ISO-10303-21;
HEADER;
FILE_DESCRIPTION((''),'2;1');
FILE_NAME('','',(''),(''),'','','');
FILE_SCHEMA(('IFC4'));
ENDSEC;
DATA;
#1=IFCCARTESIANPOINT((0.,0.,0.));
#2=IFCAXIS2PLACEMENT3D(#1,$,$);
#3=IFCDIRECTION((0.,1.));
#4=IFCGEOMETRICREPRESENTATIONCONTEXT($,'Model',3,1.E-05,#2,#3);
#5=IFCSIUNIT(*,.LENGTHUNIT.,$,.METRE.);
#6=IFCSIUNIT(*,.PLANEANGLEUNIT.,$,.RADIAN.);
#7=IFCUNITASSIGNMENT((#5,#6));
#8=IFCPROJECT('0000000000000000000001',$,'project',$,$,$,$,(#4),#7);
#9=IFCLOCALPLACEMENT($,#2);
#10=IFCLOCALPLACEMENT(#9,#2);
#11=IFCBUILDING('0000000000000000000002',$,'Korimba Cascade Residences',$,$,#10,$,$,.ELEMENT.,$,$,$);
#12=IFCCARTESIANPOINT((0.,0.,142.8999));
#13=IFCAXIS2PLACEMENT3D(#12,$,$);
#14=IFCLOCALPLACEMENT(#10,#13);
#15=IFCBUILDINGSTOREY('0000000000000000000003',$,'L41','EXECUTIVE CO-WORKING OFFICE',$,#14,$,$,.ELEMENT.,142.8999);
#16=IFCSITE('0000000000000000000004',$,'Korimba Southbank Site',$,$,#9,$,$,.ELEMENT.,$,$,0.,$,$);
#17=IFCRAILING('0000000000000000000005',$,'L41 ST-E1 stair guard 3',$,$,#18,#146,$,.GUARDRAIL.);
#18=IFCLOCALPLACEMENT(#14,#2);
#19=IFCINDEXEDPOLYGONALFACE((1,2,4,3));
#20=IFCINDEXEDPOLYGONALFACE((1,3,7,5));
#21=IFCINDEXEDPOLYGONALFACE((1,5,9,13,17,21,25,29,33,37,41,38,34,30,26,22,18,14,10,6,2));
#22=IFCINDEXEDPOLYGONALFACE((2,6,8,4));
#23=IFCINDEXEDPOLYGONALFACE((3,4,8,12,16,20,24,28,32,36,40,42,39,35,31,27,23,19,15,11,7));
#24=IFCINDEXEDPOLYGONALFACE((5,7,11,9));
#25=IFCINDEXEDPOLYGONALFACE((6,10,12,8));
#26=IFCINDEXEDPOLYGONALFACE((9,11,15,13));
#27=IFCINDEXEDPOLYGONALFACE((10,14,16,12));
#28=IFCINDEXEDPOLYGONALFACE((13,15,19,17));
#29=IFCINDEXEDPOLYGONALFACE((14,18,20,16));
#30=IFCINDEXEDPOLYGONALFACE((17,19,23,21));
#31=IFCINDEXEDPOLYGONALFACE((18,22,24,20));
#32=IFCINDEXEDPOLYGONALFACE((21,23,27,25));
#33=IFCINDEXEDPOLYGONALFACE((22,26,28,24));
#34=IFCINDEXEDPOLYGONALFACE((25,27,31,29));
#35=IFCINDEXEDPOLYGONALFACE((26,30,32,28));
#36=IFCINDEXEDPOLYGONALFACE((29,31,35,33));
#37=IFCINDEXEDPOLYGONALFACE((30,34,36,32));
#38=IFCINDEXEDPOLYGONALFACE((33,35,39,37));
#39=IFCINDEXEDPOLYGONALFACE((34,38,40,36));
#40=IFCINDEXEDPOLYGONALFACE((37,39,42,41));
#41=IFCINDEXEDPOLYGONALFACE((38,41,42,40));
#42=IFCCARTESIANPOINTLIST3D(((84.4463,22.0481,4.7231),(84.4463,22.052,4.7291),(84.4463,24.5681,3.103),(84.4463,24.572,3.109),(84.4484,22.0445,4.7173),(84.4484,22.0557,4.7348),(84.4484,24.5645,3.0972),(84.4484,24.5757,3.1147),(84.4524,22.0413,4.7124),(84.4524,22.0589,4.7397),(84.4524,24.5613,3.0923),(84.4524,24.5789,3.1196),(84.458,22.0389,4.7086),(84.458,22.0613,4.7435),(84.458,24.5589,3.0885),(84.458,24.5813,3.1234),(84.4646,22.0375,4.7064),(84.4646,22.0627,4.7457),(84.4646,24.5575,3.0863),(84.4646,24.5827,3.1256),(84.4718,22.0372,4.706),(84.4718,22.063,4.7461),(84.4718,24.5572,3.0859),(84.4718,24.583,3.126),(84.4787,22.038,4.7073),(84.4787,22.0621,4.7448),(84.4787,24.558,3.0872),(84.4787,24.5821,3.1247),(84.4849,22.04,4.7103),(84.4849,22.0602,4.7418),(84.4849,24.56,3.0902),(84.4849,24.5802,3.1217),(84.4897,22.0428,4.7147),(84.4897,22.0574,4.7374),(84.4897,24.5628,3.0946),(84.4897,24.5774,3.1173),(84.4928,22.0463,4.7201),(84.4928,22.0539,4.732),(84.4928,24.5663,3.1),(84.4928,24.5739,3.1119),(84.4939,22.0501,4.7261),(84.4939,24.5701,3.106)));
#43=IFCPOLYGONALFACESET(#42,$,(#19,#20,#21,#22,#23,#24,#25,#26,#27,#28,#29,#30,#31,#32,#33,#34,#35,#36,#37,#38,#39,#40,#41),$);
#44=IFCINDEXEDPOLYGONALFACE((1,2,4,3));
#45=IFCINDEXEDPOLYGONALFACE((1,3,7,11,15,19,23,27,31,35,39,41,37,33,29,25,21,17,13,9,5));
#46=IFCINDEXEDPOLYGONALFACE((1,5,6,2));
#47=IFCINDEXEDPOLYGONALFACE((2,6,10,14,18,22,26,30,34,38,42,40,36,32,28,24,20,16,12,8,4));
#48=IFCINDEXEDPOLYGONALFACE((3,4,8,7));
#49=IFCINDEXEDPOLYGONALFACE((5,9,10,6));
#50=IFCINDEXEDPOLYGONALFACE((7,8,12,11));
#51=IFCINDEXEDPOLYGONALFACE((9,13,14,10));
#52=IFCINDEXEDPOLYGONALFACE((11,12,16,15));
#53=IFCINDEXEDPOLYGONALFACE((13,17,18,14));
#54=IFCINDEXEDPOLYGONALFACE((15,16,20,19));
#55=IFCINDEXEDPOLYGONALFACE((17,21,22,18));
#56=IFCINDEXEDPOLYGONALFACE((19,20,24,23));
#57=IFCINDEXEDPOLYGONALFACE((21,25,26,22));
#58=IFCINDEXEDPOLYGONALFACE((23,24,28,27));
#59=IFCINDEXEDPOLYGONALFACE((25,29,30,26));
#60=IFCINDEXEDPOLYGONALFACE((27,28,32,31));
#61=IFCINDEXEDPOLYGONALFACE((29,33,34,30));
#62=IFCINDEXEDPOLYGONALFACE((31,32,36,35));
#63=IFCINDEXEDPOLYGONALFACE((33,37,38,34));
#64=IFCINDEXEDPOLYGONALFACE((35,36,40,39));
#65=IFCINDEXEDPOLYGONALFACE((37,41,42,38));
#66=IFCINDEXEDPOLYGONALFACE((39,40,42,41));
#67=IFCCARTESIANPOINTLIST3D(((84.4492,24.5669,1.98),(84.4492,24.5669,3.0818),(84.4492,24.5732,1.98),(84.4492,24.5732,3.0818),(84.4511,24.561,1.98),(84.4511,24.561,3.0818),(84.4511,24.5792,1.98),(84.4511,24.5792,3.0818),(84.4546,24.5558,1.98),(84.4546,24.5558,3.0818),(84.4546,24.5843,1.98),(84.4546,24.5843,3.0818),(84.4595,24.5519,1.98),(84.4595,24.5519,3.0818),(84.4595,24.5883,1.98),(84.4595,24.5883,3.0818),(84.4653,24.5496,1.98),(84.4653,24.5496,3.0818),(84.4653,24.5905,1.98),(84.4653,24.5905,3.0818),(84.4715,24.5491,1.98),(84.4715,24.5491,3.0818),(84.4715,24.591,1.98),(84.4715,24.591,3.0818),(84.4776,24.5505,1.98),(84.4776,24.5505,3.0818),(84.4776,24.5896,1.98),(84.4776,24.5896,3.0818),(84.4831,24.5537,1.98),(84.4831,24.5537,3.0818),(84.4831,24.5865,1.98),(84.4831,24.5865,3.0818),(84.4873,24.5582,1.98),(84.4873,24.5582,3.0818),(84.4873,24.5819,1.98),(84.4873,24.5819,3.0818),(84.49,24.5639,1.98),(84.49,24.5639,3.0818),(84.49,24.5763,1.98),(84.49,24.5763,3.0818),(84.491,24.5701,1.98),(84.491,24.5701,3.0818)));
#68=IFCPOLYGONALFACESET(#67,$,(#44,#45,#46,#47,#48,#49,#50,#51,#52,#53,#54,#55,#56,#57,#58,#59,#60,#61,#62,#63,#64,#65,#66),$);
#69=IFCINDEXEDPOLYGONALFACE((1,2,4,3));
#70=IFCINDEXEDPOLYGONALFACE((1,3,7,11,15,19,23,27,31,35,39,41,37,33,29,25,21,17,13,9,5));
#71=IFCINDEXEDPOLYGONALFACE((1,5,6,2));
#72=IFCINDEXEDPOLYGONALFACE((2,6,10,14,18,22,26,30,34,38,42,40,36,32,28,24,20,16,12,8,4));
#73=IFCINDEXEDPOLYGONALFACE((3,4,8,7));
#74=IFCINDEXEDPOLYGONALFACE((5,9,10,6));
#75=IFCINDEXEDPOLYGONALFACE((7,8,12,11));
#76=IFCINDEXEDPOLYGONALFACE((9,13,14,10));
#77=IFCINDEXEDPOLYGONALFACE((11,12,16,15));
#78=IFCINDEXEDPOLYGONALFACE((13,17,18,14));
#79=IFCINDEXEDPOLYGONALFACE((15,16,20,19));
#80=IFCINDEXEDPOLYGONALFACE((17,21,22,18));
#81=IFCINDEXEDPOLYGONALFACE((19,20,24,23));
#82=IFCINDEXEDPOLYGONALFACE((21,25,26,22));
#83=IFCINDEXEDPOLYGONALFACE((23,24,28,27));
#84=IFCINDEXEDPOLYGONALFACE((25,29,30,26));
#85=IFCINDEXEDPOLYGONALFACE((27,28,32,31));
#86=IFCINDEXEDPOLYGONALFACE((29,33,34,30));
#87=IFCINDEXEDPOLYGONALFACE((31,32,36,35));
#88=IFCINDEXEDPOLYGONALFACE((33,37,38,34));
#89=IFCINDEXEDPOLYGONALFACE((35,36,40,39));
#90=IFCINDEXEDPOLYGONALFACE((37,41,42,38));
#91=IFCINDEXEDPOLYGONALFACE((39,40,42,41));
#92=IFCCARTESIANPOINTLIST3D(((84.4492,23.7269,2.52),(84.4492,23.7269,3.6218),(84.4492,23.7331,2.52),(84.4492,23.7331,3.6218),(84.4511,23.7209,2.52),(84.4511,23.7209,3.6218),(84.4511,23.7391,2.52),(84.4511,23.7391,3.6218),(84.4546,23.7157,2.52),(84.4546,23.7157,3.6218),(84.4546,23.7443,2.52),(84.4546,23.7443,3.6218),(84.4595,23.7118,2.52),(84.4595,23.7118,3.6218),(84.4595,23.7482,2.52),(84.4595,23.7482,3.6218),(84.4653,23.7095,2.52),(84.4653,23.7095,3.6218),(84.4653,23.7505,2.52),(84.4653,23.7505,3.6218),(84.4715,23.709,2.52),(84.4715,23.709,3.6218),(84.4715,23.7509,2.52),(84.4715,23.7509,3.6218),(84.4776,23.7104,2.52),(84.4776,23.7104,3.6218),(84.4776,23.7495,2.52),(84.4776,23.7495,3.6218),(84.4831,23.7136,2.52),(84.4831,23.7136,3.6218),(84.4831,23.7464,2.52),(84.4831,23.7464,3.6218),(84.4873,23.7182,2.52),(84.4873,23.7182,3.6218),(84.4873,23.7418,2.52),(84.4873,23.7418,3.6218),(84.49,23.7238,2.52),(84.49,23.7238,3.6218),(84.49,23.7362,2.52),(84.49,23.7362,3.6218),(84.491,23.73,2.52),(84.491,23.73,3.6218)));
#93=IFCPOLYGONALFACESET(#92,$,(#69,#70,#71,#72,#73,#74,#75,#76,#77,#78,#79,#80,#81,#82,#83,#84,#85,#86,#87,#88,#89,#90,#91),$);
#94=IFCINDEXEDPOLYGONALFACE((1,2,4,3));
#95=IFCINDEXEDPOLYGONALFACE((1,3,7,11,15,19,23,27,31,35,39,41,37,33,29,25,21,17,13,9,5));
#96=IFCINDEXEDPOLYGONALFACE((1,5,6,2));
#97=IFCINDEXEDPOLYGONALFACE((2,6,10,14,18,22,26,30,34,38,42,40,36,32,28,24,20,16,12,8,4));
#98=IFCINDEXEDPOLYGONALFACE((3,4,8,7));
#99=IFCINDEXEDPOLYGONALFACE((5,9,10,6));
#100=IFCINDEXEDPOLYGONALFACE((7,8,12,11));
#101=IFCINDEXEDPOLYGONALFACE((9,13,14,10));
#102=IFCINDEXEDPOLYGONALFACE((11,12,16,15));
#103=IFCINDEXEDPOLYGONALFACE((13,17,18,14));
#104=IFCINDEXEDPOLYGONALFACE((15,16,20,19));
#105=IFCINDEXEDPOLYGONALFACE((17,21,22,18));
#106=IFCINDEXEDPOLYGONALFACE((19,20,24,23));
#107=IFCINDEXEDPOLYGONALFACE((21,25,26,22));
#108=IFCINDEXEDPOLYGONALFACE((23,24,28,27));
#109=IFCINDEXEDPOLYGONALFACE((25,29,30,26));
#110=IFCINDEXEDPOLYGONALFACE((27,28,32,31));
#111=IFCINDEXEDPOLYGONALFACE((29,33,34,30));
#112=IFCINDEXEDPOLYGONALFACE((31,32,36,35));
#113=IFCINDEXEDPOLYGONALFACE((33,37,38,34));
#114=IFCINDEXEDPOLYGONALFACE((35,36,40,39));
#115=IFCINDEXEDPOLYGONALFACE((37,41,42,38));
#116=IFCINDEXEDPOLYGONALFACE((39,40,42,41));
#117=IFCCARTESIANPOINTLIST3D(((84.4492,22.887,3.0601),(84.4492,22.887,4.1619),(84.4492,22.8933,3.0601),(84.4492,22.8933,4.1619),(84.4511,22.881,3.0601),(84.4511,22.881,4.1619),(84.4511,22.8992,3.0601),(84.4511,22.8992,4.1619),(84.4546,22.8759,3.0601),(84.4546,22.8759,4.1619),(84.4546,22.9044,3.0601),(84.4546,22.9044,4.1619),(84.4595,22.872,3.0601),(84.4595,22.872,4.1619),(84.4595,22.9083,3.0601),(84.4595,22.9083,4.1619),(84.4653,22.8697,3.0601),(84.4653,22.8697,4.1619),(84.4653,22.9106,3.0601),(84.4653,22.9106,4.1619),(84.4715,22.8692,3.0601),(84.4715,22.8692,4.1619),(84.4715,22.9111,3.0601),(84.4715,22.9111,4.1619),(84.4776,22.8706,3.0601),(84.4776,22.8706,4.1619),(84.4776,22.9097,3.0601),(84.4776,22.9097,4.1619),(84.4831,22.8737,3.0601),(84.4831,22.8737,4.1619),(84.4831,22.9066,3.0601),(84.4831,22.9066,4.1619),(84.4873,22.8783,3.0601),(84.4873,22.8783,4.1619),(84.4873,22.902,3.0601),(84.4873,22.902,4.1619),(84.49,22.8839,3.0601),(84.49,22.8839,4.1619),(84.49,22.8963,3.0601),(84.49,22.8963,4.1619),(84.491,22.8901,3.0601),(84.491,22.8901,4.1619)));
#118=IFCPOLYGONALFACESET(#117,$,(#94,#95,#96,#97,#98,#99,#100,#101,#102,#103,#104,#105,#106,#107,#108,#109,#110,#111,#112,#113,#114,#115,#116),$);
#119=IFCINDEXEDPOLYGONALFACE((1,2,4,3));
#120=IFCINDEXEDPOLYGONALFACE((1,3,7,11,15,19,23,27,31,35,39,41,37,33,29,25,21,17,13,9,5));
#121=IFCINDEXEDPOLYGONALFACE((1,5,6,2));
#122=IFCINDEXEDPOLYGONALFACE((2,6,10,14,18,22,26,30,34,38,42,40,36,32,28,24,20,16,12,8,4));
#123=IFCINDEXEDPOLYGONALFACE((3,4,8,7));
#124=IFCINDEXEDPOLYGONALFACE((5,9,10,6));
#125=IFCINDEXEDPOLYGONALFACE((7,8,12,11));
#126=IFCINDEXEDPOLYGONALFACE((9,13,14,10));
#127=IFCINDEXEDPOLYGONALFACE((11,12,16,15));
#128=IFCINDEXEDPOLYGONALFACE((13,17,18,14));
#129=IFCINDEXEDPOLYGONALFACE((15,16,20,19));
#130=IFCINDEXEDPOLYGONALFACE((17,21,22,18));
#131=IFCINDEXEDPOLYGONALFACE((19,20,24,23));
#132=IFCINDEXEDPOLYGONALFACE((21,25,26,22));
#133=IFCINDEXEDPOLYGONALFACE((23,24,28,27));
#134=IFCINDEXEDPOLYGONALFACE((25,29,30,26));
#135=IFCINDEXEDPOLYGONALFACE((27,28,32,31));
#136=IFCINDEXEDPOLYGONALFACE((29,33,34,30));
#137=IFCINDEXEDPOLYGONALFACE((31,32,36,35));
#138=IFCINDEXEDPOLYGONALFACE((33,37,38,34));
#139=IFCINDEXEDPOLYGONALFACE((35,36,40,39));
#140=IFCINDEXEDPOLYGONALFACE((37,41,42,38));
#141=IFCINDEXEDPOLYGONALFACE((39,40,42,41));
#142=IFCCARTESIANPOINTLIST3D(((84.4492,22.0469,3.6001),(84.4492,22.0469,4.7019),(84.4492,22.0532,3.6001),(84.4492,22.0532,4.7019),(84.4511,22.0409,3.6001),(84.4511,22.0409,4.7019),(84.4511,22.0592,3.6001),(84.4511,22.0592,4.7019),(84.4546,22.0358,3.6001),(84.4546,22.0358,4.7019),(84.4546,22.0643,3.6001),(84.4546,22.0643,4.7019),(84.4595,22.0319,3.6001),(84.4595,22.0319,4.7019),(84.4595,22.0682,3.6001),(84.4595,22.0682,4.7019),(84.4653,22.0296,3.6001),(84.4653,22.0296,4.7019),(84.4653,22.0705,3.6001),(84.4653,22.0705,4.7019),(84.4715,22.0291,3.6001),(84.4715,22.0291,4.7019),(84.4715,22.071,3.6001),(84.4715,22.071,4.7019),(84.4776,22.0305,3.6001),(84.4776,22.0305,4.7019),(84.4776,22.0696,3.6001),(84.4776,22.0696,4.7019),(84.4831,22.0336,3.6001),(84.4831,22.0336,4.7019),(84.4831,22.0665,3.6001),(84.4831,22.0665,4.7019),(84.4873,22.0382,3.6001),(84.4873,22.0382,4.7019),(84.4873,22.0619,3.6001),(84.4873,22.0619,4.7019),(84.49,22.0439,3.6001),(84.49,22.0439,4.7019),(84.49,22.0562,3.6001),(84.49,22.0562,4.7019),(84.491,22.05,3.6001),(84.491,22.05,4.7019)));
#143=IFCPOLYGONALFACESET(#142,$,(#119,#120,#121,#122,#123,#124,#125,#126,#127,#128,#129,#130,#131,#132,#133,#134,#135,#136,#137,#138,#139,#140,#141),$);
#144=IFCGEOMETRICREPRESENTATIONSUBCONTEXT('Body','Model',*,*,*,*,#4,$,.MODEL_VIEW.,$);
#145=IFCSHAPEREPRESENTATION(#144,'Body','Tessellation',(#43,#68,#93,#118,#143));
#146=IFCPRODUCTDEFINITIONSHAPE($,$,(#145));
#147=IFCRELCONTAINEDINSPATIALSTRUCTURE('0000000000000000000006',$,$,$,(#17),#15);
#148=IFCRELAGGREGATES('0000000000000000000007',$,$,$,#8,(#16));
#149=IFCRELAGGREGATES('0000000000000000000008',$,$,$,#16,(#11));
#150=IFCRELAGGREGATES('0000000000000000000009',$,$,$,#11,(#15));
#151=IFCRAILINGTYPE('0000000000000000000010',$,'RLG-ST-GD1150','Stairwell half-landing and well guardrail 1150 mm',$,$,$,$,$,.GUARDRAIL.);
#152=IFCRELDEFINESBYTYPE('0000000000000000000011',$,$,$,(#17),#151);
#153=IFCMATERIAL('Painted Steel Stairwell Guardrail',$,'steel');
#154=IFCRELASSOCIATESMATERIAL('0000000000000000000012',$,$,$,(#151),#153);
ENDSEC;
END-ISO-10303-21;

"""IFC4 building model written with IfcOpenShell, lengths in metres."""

from ifc_helpers import new_model, si_unit, direction, frame, origin, origin_2d, place, context, subcontext, project, spatial, circle, extrude, material, type_object, element, save


model = new_model("IFC4")

# Units and contexts
model_context = context("Model", 3, precision=1e-05, world=origin(), true_north=direction((0.0, 1.0)))
body_context = subcontext(model_context, "Body", "Model", "MODEL_VIEW")
ifc_project = project(units=[si_unit("LENGTHUNIT", "METRE"), si_unit("PLANEANGLEUNIT", "RADIAN")], contexts=[model_context])

# Site, building, storey
site_placement = place(None, origin())
site = spatial("IfcSite", under=ifc_project, at=site_placement, Name="Korimba Southbank Site", CompositionType="ELEMENT", RefElevation=0.0)
building_placement = place(site_placement, origin())
building = spatial("IfcBuilding", under=site, at=building_placement, Name="Korimba Cascade Residences", CompositionType="ELEMENT")
storey_placement = place(building_placement, frame((0.0, 0.0, 142.8999)))
storey = spatial("IfcBuildingStorey", under=building, at=storey_placement, Name="L41", Description="EXECUTIVE CO-WORKING OFFICE", CompositionType="ELEMENT", Elevation=142.8999)

# Railing
ifc_material_1 = material(Name="Painted Steel Stairwell Guardrail", Category="steel")
railing_type = type_object("IfcRailingType", Name="RLG-ST-GD1150", Description="Stairwell half-landing and well guardrail 1150 mm", PredefinedType="GUARDRAIL", material=ifc_material_1)
railing_1_placement = place(storey_placement, frame((84.47, 24.5701, 1.98)))
element("IfcRailing", 1, at=railing_1_placement, inside=storey, type_object=railing_type, Name="L41 ST-E1 stair guard 3", PredefinedType="GUARDRAIL", context=body_context, shape_type="SweptSolid", body=[
    extrude(circle(Radius=0.0239, at=origin_2d()), frame((0.0, 0.0, 1.126), z_axis=(0.0, -0.841163, 0.540782), x_axis=(1.0, 0.0, 0.0)), (0.0, 0.0, 1.0), 2.9958),
    extrude(circle(Radius=0.021, at=origin_2d()), origin(), (0.0, 0.0, 1.0), 1.1018),
    extrude(circle(Radius=0.021, at=origin_2d()), frame((0.0, -0.8401, 0.54)), (0.0, 0.0, 1.0), 1.1018),
    extrude(circle(Radius=0.021, at=origin_2d()), frame((0.0, -1.6799, 1.0801)), (0.0, 0.0, 1.0), 1.1018),
    extrude(circle(Radius=0.021, at=origin_2d()), frame((0.0, -2.52, 1.6201)), (0.0, 0.0, 1.0), 1.1018),
])

save(model, "model.ifc")
